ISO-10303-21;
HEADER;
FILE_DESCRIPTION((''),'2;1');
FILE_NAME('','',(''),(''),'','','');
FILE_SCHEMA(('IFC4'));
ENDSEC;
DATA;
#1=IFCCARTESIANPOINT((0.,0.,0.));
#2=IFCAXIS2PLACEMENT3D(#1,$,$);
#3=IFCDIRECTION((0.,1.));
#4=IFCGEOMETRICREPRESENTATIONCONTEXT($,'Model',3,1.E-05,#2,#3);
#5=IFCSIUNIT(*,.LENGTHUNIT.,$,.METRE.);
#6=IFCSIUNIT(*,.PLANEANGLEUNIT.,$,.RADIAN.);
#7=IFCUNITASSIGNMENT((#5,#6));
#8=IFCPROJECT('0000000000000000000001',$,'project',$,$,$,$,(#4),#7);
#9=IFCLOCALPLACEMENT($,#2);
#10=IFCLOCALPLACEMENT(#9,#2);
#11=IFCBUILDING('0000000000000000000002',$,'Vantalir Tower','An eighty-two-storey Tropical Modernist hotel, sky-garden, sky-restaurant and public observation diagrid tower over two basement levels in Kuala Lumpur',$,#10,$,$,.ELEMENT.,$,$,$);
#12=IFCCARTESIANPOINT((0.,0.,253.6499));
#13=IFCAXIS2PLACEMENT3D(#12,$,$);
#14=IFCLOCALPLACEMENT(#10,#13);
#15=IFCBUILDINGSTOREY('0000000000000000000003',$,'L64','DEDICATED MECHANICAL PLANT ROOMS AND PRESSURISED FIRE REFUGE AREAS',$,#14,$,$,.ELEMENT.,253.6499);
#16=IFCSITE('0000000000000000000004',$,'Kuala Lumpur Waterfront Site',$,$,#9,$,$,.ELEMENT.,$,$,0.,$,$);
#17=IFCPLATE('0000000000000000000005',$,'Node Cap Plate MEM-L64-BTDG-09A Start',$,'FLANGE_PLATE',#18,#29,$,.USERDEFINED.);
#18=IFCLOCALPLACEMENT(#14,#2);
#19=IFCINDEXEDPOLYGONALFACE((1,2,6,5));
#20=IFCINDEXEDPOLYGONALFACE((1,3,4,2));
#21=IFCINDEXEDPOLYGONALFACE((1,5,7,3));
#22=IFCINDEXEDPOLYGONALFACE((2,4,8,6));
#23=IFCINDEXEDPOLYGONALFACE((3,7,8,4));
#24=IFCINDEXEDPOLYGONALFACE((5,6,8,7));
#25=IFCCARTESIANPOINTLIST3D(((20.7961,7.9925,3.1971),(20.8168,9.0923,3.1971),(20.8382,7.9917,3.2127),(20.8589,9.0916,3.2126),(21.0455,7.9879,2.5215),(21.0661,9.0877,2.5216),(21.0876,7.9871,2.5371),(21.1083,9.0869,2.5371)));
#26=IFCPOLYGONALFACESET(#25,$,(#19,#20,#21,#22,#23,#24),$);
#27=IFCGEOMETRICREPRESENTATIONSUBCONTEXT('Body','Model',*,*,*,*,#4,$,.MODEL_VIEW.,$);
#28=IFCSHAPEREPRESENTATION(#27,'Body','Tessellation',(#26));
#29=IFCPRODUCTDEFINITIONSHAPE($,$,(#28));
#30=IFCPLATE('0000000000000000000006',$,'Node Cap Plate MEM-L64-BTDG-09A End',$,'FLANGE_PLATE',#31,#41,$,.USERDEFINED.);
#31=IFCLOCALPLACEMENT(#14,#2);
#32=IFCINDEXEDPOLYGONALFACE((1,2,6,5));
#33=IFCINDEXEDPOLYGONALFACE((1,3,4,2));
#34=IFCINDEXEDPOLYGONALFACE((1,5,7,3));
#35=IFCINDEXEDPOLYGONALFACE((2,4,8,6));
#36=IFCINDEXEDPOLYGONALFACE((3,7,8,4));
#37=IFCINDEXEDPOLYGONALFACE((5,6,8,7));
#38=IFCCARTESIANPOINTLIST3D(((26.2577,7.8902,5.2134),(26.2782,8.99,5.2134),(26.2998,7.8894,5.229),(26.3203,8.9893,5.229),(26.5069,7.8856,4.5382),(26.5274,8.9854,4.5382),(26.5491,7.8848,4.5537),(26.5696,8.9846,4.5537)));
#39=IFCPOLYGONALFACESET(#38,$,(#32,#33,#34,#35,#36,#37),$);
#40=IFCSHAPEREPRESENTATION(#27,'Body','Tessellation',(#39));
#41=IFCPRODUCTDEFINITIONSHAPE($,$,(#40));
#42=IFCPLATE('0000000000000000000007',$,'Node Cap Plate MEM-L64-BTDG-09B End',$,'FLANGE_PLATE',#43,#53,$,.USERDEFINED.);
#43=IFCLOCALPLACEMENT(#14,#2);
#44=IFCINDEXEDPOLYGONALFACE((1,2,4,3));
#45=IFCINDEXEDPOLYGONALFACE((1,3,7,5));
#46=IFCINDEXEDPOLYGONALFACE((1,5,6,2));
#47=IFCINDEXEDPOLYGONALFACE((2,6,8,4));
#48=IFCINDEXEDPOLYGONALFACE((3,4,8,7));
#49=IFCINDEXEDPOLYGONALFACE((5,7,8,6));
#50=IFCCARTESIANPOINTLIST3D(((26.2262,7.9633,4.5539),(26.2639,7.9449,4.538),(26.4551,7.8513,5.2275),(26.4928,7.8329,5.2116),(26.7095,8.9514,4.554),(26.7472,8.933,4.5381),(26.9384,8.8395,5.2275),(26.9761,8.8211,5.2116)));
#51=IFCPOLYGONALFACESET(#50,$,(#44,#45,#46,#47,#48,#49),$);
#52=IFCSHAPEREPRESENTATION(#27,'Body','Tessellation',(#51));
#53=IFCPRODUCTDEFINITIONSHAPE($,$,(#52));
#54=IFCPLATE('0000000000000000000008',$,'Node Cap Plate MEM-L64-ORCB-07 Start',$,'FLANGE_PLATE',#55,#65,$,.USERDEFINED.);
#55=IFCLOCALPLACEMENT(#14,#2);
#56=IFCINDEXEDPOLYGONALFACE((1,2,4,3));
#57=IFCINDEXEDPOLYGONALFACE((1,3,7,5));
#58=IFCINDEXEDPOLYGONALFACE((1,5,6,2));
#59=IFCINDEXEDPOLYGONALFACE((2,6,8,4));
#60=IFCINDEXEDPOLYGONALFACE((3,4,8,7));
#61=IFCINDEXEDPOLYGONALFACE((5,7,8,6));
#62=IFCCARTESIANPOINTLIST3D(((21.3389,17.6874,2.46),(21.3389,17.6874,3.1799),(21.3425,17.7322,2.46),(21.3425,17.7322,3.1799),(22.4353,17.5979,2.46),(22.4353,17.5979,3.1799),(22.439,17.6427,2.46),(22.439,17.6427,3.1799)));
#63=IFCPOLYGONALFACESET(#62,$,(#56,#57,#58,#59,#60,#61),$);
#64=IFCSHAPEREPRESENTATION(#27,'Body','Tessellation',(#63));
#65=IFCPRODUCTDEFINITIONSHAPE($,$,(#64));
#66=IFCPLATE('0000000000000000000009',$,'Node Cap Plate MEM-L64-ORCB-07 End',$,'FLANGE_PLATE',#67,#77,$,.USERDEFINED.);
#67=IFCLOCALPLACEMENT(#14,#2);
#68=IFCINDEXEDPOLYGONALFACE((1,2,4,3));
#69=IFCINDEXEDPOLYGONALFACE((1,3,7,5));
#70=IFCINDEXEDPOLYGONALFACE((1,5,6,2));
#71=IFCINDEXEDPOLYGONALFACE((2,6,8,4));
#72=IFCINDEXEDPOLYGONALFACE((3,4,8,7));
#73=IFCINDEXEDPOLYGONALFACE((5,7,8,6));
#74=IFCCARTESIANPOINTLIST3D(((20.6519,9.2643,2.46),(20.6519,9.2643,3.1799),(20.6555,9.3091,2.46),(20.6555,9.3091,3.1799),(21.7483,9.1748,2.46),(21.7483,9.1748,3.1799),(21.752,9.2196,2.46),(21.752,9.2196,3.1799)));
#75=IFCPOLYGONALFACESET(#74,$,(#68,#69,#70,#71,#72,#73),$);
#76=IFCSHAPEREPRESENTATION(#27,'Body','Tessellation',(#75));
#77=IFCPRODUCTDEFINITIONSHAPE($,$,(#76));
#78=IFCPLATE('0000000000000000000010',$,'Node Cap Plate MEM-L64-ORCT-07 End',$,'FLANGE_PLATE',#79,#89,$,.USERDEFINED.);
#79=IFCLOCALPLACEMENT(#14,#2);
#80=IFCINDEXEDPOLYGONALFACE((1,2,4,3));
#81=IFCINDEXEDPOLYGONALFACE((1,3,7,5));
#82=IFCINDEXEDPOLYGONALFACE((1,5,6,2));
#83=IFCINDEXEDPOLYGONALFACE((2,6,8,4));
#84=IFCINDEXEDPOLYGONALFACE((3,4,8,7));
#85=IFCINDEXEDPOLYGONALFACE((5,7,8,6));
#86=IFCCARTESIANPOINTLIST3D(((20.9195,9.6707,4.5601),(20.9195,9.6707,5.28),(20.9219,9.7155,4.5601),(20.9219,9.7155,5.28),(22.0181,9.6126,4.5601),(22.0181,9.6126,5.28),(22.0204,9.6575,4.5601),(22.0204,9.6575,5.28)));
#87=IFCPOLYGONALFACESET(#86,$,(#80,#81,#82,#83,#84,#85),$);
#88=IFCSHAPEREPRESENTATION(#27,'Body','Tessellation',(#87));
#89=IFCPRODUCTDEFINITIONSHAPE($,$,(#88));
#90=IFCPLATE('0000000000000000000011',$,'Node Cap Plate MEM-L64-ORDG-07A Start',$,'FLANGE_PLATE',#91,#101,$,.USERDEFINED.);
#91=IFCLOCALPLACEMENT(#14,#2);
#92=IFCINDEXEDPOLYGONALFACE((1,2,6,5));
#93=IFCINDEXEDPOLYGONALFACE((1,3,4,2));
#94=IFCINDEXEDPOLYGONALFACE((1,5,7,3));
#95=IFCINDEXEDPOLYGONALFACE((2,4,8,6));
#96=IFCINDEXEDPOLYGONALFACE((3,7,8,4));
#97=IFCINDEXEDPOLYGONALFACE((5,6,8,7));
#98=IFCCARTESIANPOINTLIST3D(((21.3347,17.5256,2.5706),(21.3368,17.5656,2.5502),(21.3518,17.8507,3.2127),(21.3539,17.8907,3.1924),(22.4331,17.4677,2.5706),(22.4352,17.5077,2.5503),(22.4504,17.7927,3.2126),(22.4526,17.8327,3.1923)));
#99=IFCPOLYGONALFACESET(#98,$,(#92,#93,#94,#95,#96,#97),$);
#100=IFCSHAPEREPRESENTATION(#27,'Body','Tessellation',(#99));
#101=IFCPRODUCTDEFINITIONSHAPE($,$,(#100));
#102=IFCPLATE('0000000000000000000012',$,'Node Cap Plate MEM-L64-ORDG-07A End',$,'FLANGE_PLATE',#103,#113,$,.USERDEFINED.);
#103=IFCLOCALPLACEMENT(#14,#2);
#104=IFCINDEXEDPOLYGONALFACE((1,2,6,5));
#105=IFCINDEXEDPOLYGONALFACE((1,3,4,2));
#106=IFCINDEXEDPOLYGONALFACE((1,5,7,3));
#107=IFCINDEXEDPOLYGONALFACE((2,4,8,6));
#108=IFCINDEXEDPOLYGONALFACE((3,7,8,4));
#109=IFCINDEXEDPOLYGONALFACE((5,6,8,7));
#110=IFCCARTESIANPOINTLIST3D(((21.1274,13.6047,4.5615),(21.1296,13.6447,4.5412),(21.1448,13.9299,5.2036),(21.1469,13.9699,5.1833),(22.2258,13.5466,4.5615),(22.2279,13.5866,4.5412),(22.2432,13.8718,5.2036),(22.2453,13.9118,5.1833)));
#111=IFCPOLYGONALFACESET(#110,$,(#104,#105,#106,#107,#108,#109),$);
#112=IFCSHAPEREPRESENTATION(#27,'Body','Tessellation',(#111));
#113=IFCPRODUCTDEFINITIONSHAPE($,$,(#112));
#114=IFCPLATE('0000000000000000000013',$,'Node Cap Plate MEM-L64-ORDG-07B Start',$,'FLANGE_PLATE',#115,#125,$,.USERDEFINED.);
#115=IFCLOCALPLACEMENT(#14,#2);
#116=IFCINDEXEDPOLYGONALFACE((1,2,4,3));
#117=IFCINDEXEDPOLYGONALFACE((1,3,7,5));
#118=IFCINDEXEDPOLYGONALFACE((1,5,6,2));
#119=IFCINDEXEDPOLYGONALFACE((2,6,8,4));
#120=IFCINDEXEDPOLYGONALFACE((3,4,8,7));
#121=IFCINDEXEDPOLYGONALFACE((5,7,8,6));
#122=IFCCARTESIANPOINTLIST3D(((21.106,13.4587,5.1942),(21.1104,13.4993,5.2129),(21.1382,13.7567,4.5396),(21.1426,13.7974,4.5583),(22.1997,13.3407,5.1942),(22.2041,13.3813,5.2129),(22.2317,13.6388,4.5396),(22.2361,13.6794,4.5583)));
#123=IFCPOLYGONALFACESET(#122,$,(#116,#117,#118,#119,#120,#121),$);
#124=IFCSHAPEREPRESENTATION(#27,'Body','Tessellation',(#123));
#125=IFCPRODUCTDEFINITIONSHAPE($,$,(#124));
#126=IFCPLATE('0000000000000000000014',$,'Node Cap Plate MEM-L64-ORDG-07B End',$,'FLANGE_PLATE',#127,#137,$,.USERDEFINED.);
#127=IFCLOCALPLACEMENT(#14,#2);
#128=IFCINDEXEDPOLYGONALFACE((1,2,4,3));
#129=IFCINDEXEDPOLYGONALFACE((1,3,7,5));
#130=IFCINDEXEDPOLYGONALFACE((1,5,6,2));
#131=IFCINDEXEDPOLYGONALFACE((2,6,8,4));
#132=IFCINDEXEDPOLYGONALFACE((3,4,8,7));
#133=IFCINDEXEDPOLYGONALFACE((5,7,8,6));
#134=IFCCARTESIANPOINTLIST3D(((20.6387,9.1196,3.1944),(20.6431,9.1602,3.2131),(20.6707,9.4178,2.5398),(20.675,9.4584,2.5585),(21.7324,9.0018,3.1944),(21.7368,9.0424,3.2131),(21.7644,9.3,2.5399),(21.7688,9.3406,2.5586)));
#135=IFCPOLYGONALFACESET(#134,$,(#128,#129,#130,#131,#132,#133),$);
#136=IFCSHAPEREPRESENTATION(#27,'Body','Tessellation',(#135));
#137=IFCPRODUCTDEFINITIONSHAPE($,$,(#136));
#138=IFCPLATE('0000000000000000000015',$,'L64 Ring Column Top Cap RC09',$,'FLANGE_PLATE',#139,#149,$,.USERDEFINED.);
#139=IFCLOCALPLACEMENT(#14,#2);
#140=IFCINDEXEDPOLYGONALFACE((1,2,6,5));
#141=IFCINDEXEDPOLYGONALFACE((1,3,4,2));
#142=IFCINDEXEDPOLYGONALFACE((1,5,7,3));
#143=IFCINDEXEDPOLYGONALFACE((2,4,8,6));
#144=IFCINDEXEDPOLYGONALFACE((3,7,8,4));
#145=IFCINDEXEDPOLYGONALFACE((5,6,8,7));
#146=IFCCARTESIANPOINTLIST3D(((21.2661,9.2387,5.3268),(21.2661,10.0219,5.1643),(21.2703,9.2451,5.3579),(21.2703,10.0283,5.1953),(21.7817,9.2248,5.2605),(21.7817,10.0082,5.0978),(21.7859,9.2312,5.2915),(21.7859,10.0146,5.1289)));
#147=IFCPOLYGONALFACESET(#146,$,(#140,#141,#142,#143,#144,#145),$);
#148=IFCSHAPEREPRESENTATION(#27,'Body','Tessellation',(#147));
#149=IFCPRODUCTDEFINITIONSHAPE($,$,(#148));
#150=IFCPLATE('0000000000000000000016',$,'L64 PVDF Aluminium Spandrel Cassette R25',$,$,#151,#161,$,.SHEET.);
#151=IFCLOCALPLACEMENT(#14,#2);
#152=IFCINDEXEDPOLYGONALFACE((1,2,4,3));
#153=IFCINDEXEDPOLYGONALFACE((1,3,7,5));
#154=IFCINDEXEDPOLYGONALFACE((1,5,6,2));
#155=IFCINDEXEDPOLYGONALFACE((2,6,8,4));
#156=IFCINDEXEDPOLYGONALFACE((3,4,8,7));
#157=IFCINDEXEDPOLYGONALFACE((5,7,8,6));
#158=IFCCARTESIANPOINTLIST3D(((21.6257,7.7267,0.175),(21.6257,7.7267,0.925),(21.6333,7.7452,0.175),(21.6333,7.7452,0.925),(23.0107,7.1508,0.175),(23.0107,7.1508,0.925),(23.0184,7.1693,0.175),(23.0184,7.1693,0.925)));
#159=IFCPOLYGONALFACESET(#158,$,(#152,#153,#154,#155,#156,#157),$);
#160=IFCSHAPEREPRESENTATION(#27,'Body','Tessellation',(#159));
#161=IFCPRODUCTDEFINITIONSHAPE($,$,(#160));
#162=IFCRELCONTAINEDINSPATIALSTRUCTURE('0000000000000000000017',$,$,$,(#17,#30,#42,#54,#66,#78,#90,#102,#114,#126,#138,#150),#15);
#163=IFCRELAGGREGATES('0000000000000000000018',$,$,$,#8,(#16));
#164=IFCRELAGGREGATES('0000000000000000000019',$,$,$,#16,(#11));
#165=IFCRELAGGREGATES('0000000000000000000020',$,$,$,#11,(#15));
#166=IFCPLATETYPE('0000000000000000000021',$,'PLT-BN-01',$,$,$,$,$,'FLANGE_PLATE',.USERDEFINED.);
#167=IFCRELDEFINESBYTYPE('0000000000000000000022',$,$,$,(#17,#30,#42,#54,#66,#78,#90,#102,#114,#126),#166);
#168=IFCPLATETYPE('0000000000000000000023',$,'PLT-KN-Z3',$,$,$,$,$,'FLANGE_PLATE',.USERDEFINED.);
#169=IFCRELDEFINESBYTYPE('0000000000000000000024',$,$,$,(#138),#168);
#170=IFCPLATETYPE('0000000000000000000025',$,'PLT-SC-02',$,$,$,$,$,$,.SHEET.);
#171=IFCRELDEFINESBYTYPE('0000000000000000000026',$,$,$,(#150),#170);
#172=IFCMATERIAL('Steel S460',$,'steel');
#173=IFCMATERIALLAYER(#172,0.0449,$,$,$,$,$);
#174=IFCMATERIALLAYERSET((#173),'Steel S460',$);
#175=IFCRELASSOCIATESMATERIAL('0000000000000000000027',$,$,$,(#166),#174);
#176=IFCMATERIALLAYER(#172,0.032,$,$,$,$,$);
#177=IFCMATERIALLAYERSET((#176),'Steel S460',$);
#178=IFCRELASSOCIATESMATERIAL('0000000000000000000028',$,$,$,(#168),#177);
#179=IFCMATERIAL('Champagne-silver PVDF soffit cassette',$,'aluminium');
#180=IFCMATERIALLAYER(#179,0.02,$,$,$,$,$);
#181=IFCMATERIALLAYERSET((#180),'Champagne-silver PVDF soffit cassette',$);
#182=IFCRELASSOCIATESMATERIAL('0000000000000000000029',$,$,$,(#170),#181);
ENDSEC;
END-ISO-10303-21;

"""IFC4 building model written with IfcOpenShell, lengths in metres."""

from ifc_helpers import new_model, si_unit, direction, frame, origin, origin_2d, place, context, subcontext, project, spatial, polyline, rectangle, outline, extrude, material, layer, layer_set, type_object, element, save


model = new_model("IFC4")

# Units and contexts
model_context = context("Model", 3, precision=1e-05, world=origin(), true_north=direction((0.0, 1.0)))
body_context = subcontext(model_context, "Body", "Model", "MODEL_VIEW")
ifc_project = project(units=[si_unit("LENGTHUNIT", "METRE"), si_unit("PLANEANGLEUNIT", "RADIAN")], contexts=[model_context])

# Site, building, storey
site_placement = place(None, origin())
site = spatial("IfcSite", under=ifc_project, at=site_placement, Name="Kuala Lumpur Waterfront Site", CompositionType="ELEMENT", RefElevation=0.0)
building_placement = place(site_placement, origin())
building = spatial("IfcBuilding", under=site, at=building_placement, Name="Vantalir Tower", Description="An eighty-two-storey Tropical Modernist hotel, sky-garden, sky-restaurant and public observation diagrid tower over two basement levels in Kuala Lumpur", CompositionType="ELEMENT")
storey_placement = place(building_placement, frame((0.0, 0.0, 253.6499)))
storey = spatial("IfcBuildingStorey", under=building, at=storey_placement, Name="L64", Description="DEDICATED MECHANICAL PLANT ROOMS AND PRESSURISED FIRE REFUGE AREAS", CompositionType="ELEMENT", Elevation=253.6499)

# Shared definitions
ifc_material_1 = material(Name="Steel S460", Category="steel")

# Plates
ifc_layer_1 = layer(ifc_material_1, 0.0449)
ifc_layer_set_1 = layer_set([ifc_layer_1], Name="Steel S460")
plate_type_1 = type_object("IfcPlateType", Name="PLT-BN-01", ElementType="FLANGE_PLATE", PredefinedType="USERDEFINED", material=ifc_layer_set_1)
plate_1_placement = place(storey_placement, frame((21.0876, 7.9871, 2.5371), z_axis=(0.93793, -0.017593, 0.346379), x_axis=(0.01874, 0.999824, 0.000036)))
element("IfcPlate", 1, at=plate_1_placement, inside=storey, type_object=plate_type_1, Name="Node Cap Plate MEM-L64-BTDG-09A Start", ObjectType="FLANGE_PLATE", PredefinedType="USERDEFINED", context=body_context, shape_type="SweptSolid", body=[
    extrude(outline(polyline([(0.0, 0.0), (1.1, 0.0), (1.1, 0.7201), (0.0, 0.7202), (0.0, 0.0)])), origin(), (0.0, 0.0, -1.0), 0.0449),
])
plate_2_placement = place(storey_placement, frame((26.5491, 7.8848, 4.5537), z_axis=(0.937946, -0.017489, 0.34634), x_axis=(0.018643, 0.999826, 0.0)))
element("IfcPlate", 2, at=plate_2_placement, inside=storey, type_object=plate_type_1, Name="Node Cap Plate MEM-L64-BTDG-09A End", ObjectType="FLANGE_PLATE", PredefinedType="USERDEFINED", context=body_context, shape_type="SweptSolid", body=[
    extrude(outline(polyline([(0.0, 0.0), (1.1, 0.0), (1.1, 0.7198), (0.0, 0.7198), (0.0, 0.0)])), origin(), (0.0, 0.0, -1.0), 0.0449),
])
plate_3_placement = place(storey_placement, frame((26.7095, 8.9514, 4.554), z_axis=(-0.840221, 0.410925, 0.353793), x_axis=(-0.439356, -0.898313, -0.000049)))
element("IfcPlate", 3, at=plate_3_placement, inside=storey, type_object=plate_type_1, Name="Node Cap Plate MEM-L64-BTDG-09B End", ObjectType="FLANGE_PLATE", PredefinedType="USERDEFINED", context=body_context, shape_type="SweptSolid", body=[
    extrude(outline(polyline([(0.0, 0.0), (1.1, 0.0), (1.1, 0.7202), (-0.0001, 0.7201), (0.0, 0.0)])), origin(), (0.0, 0.0, -1.0), 0.0449),
])
for number, where, z_axis, x_axis, name in (
    (4, (21.8889, 17.665, 2.46), (0.0, 0.0, 1.0), (-0.081347, -0.996686, 0.0), "Node Cap Plate MEM-L64-ORCB-07 Start"),
    (5, (21.2019, 9.2419, 2.46), (0.0, 0.0, 1.0), (-0.081347, -0.996686, 0.0), "Node Cap Plate MEM-L64-ORCB-07 End"),
    (6, (21.47, 9.6641, 4.5601), (0.0, 0.0, 1.0), (-0.052789, -0.998606, 0.0), "Node Cap Plate MEM-L64-ORCT-07 End"),
):
    element("IfcPlate", number, at=place(storey_placement, frame(where, z_axis=z_axis, x_axis=x_axis)), inside=storey, type_object=plate_type_1, Name=name, ObjectType="FLANGE_PLATE", PredefinedType="USERDEFINED", context=body_context, shape_type="SweptSolid", body=[
        extrude(rectangle(XDim=0.0449, YDim=1.1001, at=origin_2d()), origin(), (0.0, 0.0, 1.0), 0.72),
    ])
plate_4_placement = place(storey_placement, frame((21.3347, 17.5256, 2.5706), z_axis=(-0.047013, -0.890682, 0.452189), x_axis=(0.998611, -0.052689, 0.000042)))
element("IfcPlate", 7, at=plate_4_placement, inside=storey, type_object=plate_type_1, Name="Node Cap Plate MEM-L64-ORDG-07A Start", ObjectType="FLANGE_PLATE", PredefinedType="USERDEFINED", context=body_context, shape_type="SweptSolid", body=[
    extrude(outline(polyline([(0.0, 0.0), (1.0999, 0.0), (1.1001, 0.7198), (0.0, 0.7199), (0.0, 0.0)])), origin(), (0.0, 0.0, -1.0), 0.0449),
])
plate_5_placement = place(storey_placement, frame((21.1274, 13.6047, 4.5615), z_axis=(-0.047114, -0.890605, 0.452331), x_axis=(0.998604, -0.052827, 0.0)))
element("IfcPlate", 8, at=plate_5_placement, inside=storey, type_object=plate_type_1, Name="Node Cap Plate MEM-L64-ORDG-07A End", ObjectType="FLANGE_PLATE", PredefinedType="USERDEFINED", context=body_context, shape_type="SweptSolid", body=[
    extrude(outline(polyline([(0.0, 0.0), (1.0999, 0.0), (1.1001, 0.72), (0.0001, 0.72), (0.0, 0.0)])), origin(), (0.0, 0.0, -1.0), 0.0449),
])
plate_6_placement = place(storey_placement, frame((22.2361, 13.6794, 4.5583), z_axis=(0.097465, 0.903919, 0.41645), x_axis=(-0.994237, 0.107205, -0.000005)))
element("IfcPlate", 9, at=plate_6_placement, inside=storey, type_object=plate_type_1, Name="Node Cap Plate MEM-L64-ORDG-07B Start", ObjectType="FLANGE_PLATE", PredefinedType="USERDEFINED", context=body_context, shape_type="SweptSolid", body=[
    extrude(outline(polyline([(0.0, 0.0), (1.0998, 0.0), (1.0999, 0.7199), (-0.0002, 0.7199), (0.0, 0.0)])), origin(), (0.0, 0.0, -1.0), 0.0449),
])
plate_7_placement = place(storey_placement, frame((21.7688, 9.3406, 2.5586), z_axis=(0.097348, 0.903875, 0.416574), x_axis=(-0.994248, 0.107101, -0.000042)))
element("IfcPlate", 10, at=plate_7_placement, inside=storey, type_object=plate_type_1, Name="Node Cap Plate MEM-L64-ORDG-07B End", ObjectType="FLANGE_PLATE", PredefinedType="USERDEFINED", context=body_context, shape_type="SweptSolid", body=[
    extrude(outline(polyline([(0.0, 0.0), (1.1001, 0.0), (1.0999, 0.72), (-0.0002, 0.7199), (0.0, 0.0)])), origin(), (0.0, 0.0, -1.0), 0.0449),
])
ifc_layer_2 = layer(ifc_material_1, 0.032)
ifc_layer_set_2 = layer_set([ifc_layer_2], Name="Steel S460")
plate_type_2 = type_object("IfcPlateType", Name="PLT-KN-Z3", ElementType="FLANGE_PLATE", PredefinedType="USERDEFINED", material=ifc_layer_set_2)
plate_8_placement = place(storey_placement, frame((21.2703, 10.0283, 5.1953), z_axis=(0.130414, 0.201506, 0.970767), x_axis=(-0.000004, -0.979129, 0.203242)))
element("IfcPlate", 11, at=plate_8_placement, inside=storey, type_object=plate_type_2, Name="L64 Ring Column Top Cap RC09", ObjectType="FLANGE_PLATE", PredefinedType="USERDEFINED", context=body_context, shape_type="SweptSolid", body=[
    extrude(outline(polyline([(0.0, 0.0), (0.7999, 0.0), (0.8, 0.5201), (-0.0001, 0.5201), (0.0, 0.0)])), origin(), (0.0, 0.0, -1.0), 0.032),
])
ifc_material_2 = material(Name="Champagne-silver PVDF soffit cassette", Category="aluminium")
ifc_layer_3 = layer(ifc_material_2, 0.02)
ifc_layer_set_3 = layer_set([ifc_layer_3], Name="Champagne-silver PVDF soffit cassette")
plate_type_3 = type_object("IfcPlateType", Name="PLT-SC-02", PredefinedType="SHEET", material=ifc_layer_set_3)
plate_9_placement = place(storey_placement, frame((22.322, 7.448, 0.175), z_axis=(0.0, 0.0, 1.0), x_axis=(0.923371, -0.383909, 0.0)))
element("IfcPlate", 12, at=plate_9_placement, inside=storey, type_object=plate_type_3, Name="L64 PVDF Aluminium Spandrel Cassette R25", PredefinedType="SHEET", context=body_context, shape_type="SweptSolid", body=[
    extrude(rectangle(XDim=1.5, YDim=0.02, at=origin_2d()), origin(), (0.0, 0.0, 1.0), 0.75),
])

save(model, "model.ifc")
